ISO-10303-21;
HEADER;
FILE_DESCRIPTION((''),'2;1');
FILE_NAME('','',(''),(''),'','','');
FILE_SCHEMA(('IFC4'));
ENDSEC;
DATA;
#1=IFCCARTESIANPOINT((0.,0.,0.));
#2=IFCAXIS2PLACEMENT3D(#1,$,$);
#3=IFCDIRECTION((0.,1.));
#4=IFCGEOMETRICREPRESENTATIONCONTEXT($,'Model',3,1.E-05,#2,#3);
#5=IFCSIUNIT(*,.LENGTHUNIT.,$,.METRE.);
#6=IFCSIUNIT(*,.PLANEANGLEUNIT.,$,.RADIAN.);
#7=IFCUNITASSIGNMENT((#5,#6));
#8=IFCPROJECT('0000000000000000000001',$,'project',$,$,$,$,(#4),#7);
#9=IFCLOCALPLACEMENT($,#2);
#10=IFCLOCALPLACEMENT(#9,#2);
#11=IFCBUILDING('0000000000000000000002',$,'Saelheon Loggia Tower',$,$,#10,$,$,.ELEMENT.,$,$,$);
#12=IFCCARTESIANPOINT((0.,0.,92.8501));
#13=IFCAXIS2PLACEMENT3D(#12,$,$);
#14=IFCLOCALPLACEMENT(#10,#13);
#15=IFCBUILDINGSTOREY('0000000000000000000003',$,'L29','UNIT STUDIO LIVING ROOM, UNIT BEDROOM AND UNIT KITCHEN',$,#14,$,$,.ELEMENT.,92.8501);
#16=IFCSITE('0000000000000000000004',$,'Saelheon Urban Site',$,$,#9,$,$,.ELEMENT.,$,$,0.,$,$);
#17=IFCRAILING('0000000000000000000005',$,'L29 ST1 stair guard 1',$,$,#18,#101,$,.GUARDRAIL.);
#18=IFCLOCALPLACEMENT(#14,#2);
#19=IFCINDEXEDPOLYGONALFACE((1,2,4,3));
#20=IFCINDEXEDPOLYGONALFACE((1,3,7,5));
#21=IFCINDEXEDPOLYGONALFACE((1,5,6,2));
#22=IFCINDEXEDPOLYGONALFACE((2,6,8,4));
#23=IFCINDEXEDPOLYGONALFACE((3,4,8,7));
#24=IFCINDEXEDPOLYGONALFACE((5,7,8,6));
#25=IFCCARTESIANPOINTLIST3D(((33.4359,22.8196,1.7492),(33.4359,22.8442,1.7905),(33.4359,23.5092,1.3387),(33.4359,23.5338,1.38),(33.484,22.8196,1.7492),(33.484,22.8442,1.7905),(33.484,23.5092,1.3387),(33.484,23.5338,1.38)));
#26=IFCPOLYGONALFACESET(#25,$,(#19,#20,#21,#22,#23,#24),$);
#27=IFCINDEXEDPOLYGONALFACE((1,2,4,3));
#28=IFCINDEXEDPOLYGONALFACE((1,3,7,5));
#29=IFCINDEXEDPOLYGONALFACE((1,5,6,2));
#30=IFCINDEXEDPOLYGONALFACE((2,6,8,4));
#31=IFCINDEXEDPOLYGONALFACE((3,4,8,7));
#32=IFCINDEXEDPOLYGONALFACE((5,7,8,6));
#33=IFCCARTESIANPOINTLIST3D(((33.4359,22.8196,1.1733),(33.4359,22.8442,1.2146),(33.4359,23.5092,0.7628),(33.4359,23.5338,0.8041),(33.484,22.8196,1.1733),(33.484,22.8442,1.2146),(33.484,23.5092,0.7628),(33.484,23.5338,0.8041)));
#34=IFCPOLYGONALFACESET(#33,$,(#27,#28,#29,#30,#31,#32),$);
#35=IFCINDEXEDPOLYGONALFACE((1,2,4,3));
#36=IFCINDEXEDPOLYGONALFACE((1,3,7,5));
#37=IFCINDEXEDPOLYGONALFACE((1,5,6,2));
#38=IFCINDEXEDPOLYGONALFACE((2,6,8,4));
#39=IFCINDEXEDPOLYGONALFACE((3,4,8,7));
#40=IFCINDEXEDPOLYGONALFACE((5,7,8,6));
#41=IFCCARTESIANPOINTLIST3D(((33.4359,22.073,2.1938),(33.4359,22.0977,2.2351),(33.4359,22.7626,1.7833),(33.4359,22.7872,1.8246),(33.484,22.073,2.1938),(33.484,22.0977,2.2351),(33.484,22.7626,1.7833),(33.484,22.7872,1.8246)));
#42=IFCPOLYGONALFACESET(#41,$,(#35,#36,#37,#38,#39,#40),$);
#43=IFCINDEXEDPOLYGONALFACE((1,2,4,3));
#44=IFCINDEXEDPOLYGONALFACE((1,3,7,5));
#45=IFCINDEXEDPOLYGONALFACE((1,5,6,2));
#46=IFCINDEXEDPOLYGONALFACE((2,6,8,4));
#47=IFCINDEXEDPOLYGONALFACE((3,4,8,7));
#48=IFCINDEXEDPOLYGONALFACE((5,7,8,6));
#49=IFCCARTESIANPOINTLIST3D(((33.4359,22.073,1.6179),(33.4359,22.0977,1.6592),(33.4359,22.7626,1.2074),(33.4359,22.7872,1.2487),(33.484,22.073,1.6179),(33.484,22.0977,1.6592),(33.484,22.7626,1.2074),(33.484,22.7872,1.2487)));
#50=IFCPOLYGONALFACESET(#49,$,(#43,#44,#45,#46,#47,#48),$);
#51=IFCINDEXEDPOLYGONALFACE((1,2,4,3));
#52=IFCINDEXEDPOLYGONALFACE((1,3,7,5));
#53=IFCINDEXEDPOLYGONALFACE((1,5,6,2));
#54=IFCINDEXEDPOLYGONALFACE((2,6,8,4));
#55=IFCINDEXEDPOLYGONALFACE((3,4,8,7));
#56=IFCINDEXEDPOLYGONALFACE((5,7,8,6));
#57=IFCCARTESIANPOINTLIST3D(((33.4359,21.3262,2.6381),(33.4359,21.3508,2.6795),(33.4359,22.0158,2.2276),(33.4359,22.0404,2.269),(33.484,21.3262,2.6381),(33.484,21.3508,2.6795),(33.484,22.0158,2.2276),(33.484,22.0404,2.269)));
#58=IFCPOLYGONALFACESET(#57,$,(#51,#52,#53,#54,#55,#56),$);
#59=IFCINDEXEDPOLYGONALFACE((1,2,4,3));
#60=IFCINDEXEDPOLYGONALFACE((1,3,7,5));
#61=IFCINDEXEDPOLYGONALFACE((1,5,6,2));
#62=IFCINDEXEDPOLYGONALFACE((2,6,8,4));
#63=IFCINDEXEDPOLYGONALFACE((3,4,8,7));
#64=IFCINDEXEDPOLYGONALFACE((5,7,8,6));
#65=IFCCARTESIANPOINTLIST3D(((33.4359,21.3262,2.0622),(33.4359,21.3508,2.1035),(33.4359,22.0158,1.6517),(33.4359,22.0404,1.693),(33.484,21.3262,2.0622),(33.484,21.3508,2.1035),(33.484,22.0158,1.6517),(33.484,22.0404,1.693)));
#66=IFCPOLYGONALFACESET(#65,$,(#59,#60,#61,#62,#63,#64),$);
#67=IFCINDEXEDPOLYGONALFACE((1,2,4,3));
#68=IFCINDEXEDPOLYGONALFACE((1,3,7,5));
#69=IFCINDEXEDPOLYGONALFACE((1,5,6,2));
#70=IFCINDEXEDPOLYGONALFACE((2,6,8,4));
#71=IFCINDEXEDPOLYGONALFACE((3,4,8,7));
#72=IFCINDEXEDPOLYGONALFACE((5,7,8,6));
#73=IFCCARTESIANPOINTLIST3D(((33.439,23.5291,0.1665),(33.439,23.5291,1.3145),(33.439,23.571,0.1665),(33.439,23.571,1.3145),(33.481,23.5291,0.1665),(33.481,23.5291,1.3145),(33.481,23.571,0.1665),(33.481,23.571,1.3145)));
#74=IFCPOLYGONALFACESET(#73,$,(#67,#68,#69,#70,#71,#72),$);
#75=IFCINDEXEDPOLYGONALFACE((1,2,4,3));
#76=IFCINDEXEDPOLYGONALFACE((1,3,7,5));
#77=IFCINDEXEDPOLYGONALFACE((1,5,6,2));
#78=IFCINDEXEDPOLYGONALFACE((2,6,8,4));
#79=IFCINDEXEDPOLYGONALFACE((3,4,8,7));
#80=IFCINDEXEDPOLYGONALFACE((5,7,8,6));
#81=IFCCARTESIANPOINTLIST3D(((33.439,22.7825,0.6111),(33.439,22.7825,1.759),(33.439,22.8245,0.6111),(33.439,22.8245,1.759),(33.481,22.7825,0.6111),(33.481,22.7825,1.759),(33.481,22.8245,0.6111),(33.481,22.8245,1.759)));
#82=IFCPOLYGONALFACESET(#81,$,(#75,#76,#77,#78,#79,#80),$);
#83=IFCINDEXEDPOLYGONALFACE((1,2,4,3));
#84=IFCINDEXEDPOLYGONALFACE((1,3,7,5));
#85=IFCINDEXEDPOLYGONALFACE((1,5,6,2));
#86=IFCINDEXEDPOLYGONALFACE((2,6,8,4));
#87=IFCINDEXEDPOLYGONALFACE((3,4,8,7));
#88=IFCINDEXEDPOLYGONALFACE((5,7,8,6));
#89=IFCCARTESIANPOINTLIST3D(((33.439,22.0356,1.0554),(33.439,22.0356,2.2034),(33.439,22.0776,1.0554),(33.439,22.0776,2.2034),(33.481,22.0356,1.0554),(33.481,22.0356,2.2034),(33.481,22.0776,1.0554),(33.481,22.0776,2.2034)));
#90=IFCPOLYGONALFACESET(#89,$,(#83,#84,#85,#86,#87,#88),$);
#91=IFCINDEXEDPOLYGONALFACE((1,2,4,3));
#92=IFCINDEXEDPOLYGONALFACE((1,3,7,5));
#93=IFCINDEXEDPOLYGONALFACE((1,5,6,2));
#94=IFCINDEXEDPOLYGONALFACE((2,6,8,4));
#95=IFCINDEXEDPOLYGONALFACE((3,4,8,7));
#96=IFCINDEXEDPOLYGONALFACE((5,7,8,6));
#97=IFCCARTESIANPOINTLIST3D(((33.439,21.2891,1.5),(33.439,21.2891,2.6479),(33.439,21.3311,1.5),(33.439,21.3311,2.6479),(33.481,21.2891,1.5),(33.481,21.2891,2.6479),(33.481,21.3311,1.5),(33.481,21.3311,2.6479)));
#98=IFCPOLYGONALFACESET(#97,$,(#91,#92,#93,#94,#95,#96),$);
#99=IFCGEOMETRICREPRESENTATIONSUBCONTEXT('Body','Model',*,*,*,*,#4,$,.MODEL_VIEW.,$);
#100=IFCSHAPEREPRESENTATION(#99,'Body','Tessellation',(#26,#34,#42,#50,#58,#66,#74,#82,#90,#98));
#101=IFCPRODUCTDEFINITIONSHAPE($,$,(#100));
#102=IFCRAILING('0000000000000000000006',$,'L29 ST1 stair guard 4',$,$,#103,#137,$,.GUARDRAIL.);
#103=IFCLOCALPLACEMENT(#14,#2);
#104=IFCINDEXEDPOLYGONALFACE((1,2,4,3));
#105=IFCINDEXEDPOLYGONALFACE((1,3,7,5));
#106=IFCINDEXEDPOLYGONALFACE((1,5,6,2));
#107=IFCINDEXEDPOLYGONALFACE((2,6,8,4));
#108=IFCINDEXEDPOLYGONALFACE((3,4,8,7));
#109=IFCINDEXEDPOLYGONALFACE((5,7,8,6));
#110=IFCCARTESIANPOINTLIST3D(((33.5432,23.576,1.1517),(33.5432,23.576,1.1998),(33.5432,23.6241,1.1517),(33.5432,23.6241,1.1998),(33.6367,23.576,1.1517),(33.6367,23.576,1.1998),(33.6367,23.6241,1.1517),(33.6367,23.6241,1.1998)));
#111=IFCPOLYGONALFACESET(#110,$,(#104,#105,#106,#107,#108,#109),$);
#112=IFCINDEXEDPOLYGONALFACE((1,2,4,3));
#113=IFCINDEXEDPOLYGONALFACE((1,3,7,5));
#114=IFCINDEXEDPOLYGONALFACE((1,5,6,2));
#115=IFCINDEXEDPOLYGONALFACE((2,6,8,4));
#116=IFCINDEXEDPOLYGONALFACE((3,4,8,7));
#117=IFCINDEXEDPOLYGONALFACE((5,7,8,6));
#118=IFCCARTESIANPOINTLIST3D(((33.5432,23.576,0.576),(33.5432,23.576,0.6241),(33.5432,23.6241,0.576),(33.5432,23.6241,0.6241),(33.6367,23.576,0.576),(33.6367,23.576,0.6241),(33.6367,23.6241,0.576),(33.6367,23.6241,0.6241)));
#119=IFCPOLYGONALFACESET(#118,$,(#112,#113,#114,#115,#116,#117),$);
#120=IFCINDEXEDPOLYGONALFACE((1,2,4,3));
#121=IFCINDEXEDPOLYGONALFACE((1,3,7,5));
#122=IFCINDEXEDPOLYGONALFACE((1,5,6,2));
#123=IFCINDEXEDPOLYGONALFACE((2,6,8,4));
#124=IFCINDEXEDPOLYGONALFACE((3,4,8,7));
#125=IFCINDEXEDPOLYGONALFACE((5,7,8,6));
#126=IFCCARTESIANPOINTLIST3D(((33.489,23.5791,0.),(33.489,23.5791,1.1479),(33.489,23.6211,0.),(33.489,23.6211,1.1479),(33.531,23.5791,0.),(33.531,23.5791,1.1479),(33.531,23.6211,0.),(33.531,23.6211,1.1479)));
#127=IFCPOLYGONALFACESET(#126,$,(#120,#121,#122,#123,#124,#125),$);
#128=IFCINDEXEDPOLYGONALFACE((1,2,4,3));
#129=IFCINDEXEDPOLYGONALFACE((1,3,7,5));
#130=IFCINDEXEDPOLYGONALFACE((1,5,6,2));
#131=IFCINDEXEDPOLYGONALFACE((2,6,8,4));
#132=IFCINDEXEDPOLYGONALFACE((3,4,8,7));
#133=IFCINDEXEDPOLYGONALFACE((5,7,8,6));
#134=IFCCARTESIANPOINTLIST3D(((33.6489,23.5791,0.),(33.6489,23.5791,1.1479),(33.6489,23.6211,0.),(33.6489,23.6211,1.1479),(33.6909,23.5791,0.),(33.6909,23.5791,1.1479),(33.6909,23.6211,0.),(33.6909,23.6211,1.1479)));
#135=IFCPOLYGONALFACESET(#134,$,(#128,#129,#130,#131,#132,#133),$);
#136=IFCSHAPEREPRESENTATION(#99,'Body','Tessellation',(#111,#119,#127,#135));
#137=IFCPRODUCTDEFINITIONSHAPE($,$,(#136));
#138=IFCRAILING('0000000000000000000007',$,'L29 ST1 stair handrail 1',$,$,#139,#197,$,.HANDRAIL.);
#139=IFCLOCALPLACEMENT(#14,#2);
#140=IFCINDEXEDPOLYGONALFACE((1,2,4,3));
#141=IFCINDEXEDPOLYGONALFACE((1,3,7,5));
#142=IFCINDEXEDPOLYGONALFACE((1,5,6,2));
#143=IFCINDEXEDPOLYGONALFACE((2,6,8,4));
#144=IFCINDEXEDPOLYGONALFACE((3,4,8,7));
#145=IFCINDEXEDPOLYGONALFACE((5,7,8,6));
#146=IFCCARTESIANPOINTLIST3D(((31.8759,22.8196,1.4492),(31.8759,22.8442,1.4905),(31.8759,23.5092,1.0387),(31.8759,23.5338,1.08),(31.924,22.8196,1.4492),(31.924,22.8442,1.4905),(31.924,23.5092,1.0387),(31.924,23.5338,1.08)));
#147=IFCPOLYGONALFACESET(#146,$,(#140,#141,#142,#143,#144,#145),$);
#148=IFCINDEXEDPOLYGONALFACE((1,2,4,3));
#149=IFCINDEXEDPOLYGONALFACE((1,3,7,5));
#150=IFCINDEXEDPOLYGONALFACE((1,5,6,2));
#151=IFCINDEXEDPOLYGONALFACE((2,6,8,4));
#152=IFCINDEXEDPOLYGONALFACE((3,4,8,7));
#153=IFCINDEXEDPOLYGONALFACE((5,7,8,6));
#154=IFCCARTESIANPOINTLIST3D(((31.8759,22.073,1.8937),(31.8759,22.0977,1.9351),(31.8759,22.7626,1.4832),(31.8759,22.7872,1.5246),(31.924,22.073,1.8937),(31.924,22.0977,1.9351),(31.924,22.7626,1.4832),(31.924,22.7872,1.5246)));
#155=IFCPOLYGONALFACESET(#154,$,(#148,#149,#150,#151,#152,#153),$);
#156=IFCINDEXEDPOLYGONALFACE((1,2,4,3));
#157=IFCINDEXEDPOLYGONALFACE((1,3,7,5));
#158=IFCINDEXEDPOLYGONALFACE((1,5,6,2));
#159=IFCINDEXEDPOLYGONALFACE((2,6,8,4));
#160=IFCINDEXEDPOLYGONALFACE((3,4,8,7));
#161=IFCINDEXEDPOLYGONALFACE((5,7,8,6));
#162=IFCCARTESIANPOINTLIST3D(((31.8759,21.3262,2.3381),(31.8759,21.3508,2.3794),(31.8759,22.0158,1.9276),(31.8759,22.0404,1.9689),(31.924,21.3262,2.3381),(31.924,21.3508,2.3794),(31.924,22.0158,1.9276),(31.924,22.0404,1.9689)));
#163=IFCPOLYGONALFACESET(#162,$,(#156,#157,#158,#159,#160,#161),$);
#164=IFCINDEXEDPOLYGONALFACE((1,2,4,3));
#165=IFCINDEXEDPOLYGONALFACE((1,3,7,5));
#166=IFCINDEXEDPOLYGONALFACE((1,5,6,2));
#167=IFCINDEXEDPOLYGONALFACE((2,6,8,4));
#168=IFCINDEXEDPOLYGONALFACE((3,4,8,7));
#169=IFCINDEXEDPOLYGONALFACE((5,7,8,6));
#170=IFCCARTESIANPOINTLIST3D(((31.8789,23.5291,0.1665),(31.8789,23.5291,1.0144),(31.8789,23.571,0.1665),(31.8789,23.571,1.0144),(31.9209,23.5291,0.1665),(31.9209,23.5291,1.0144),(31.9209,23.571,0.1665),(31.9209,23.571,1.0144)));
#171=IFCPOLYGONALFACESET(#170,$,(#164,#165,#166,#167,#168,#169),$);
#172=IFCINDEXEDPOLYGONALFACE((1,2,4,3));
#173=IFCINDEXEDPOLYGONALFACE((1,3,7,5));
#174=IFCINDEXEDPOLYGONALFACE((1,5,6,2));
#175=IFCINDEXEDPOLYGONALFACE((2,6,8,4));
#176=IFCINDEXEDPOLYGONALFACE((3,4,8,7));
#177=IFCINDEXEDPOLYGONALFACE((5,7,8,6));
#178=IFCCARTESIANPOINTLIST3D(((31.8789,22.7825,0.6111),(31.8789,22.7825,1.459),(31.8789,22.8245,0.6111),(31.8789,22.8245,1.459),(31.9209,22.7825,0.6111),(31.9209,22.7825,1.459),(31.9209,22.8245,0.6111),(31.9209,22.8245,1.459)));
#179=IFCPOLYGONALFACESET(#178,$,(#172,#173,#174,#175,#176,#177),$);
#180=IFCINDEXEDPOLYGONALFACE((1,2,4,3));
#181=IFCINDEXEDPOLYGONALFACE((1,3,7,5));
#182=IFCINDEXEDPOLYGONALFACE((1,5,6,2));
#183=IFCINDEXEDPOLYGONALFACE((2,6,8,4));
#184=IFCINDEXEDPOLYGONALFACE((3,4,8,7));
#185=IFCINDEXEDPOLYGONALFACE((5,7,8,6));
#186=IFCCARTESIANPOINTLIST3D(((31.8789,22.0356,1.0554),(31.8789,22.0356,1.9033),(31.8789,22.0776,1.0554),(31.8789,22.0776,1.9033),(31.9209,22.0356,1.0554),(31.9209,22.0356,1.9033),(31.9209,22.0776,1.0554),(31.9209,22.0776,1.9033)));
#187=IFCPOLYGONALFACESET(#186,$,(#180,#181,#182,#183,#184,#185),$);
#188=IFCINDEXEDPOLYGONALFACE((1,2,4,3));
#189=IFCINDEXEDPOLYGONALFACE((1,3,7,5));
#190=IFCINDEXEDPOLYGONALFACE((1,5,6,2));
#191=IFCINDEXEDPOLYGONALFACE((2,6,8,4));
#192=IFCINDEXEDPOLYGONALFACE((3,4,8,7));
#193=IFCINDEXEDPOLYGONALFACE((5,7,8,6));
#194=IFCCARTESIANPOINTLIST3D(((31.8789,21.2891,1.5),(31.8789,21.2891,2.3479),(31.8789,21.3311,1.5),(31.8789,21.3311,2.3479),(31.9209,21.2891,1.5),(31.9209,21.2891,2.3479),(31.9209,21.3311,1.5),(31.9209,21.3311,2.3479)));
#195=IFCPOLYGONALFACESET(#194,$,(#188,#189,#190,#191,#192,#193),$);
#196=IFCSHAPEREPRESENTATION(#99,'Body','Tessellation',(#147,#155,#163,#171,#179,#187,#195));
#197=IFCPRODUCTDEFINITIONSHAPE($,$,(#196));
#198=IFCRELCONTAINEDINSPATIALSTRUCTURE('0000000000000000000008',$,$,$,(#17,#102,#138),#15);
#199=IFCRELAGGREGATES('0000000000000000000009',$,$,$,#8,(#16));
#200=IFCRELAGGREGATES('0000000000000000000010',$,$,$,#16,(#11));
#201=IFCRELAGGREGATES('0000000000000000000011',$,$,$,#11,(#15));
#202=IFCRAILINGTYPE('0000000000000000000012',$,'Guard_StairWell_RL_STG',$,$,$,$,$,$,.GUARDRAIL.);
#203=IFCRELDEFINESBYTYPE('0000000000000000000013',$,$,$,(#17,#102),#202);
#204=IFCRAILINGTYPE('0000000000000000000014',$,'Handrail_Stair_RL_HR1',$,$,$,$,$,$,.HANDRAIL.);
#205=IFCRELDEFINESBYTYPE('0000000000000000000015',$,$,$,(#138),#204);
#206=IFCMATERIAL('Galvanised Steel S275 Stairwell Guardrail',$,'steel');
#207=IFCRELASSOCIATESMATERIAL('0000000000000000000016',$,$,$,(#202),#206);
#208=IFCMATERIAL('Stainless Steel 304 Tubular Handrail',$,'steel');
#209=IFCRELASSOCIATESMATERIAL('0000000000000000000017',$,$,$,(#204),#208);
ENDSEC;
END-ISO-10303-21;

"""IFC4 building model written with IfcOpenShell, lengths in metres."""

from ifc_helpers import new_model, si_unit, direction, frame, origin, origin_2d, place, context, subcontext, project, spatial, rectangle, extrude, material, type_object, element, save


model = new_model("IFC4")

# Units and contexts
model_context = context("Model", 3, precision=1e-05, world=origin(), true_north=direction((0.0, 1.0)))
body_context = subcontext(model_context, "Body", "Model", "MODEL_VIEW")
ifc_project = project(units=[si_unit("LENGTHUNIT", "METRE"), si_unit("PLANEANGLEUNIT", "RADIAN")], contexts=[model_context])

# Site, building, storey
site_placement = place(None, origin())
site = spatial("IfcSite", under=ifc_project, at=site_placement, Name="Saelheon Urban Site", CompositionType="ELEMENT", RefElevation=0.0)
building_placement = place(site_placement, origin())
building = spatial("IfcBuilding", under=site, at=building_placement, Name="Saelheon Loggia Tower", CompositionType="ELEMENT")
storey_placement = place(building_placement, frame((0.0, 0.0, 92.8501)))
storey = spatial("IfcBuildingStorey", under=building, at=storey_placement, Name="L29", Description="UNIT STUDIO LIVING ROOM, UNIT BEDROOM AND UNIT KITCHEN", CompositionType="ELEMENT", Elevation=92.8501)

# Railings
ifc_material_1 = material(Name="Galvanised Steel S275 Stairwell Guardrail", Category="steel")
railing_type_1 = type_object("IfcRailingType", Name="Guard_StairWell_RL_STG", PredefinedType="GUARDRAIL", material=ifc_material_1)
railing_1_placement = place(storey_placement, frame((33.46, 23.55, 0.1665)))
element("IfcRailing", 1, at=railing_1_placement, inside=storey, type_object=railing_type_1, Name="L29 ST1 stair guard 1", PredefinedType="GUARDRAIL", context=body_context, shape_type="SweptSolid", body=[
    extrude(rectangle(XDim=0.0481, YDim=0.0481, at=origin_2d()), frame((0.0, -0.0286, 1.1929), z_axis=(0.0, -0.859264, 0.511532), x_axis=(1.0, 0.0, 0.0)), (0.0, 0.0, 1.0), 0.8025),
    extrude(rectangle(XDim=0.0481, YDim=0.0481, at=origin_2d()), frame((0.0, -0.0286, 0.6169), z_axis=(0.0, -0.859264, 0.511532), x_axis=(1.0, 0.0, 0.0)), (0.0, 0.0, 1.0), 0.8025),
    extrude(rectangle(XDim=0.0481, YDim=0.0481, at=origin_2d()), frame((0.0, -0.7751, 1.6375), z_axis=(0.0, -0.859264, 0.511532), x_axis=(1.0, 0.0, 0.0)), (0.0, 0.0, 1.0), 0.8025),
    extrude(rectangle(XDim=0.0481, YDim=0.0481, at=origin_2d()), frame((0.0, -0.7751, 1.0615), z_axis=(0.0, -0.859264, 0.511532), x_axis=(1.0, 0.0, 0.0)), (0.0, 0.0, 1.0), 0.8025),
    extrude(rectangle(XDim=0.0481, YDim=0.0481, at=origin_2d()), frame((0.0, -1.522, 2.0818), z_axis=(0.0, -0.859264, 0.511532), x_axis=(1.0, 0.0, 0.0)), (0.0, 0.0, 1.0), 0.8025),
    extrude(rectangle(XDim=0.0481, YDim=0.0481, at=origin_2d()), frame((0.0, -1.522, 1.5059), z_axis=(0.0, -0.859264, 0.511532), x_axis=(1.0, 0.0, 0.0)), (0.0, 0.0, 1.0), 0.8025),
    extrude(rectangle(XDim=0.042, YDim=0.042, at=origin_2d()), origin(), (0.0, 0.0, 1.0), 1.1479),
    extrude(rectangle(XDim=0.042, YDim=0.042, at=origin_2d()), frame((0.0, -0.7466, 0.4446)), (0.0, 0.0, 1.0), 1.1479),
    extrude(rectangle(XDim=0.042, YDim=0.042, at=origin_2d()), frame((0.0, -1.4934, 0.8889)), (0.0, 0.0, 1.0), 1.1479),
    extrude(rectangle(XDim=0.042, YDim=0.042, at=origin_2d()), frame((0.0, -2.24, 1.3335)), (0.0, 0.0, 1.0), 1.1479),
])
railing_2_placement = place(storey_placement, frame((33.51, 23.6001, 0.0)))
element("IfcRailing", 2, at=railing_2_placement, inside=storey, type_object=railing_type_1, Name="L29 ST1 stair guard 4", PredefinedType="GUARDRAIL", context=body_context, shape_type="SweptSolid", body=[
    extrude(rectangle(XDim=0.0481, YDim=0.0481, at=origin_2d()), frame((0.0332, 0.0, 1.1758), z_axis=(1.0, 0.0, 0.0), x_axis=(0.0, 1.0, 0.0)), (0.0, 0.0, 1.0), 0.0935),
    extrude(rectangle(XDim=0.0481, YDim=0.0481, at=origin_2d()), frame((0.0332, 0.0, 0.6001), z_axis=(1.0, 0.0, 0.0), x_axis=(0.0, 1.0, 0.0)), (0.0, 0.0, 1.0), 0.0935),
    extrude(rectangle(XDim=0.042, YDim=0.042, at=origin_2d()), origin(), (0.0, 0.0, 1.0), 1.1479),
    extrude(rectangle(XDim=0.042, YDim=0.042, at=origin_2d()), frame((0.1599, 0.0, 0.0)), (0.0, 0.0, 1.0), 1.1479),
])
ifc_material_2 = material(Name="Stainless Steel 304 Tubular Handrail", Category="steel")
railing_type_2 = type_object("IfcRailingType", Name="Handrail_Stair_RL_HR1", PredefinedType="HANDRAIL", material=ifc_material_2)
railing_3_placement = place(storey_placement, frame((31.8999, 23.55, 0.1665)))
element("IfcRailing", 3, at=railing_3_placement, inside=storey, type_object=railing_type_2, Name="L29 ST1 stair handrail 1", PredefinedType="HANDRAIL", context=body_context, shape_type="SweptSolid", body=[
    extrude(rectangle(XDim=0.0481, YDim=0.0481, at=origin_2d()), frame((0.0, -0.0286, 0.8928), z_axis=(0.0, -0.859264, 0.511532), x_axis=(1.0, 0.0, 0.0)), (0.0, 0.0, 1.0), 0.8025),
    extrude(rectangle(XDim=0.0481, YDim=0.0481, at=origin_2d()), frame((0.0, -0.7751, 1.3374), z_axis=(0.0, -0.859264, 0.511532), x_axis=(1.0, 0.0, 0.0)), (0.0, 0.0, 1.0), 0.8025),
    extrude(rectangle(XDim=0.0481, YDim=0.0481, at=origin_2d()), frame((0.0, -1.522, 1.7817), z_axis=(0.0, -0.859264, 0.511532), x_axis=(1.0, 0.0, 0.0)), (0.0, 0.0, 1.0), 0.8025),
    extrude(rectangle(XDim=0.042, YDim=0.042, at=origin_2d()), origin(), (0.0, 0.0, 1.0), 0.8479),
    extrude(rectangle(XDim=0.042, YDim=0.042, at=origin_2d()), frame((0.0, -0.7466, 0.4446)), (0.0, 0.0, 1.0), 0.8479),
    extrude(rectangle(XDim=0.042, YDim=0.042, at=origin_2d()), frame((0.0, -1.4934, 0.8889)), (0.0, 0.0, 1.0), 0.8479),
    extrude(rectangle(XDim=0.042, YDim=0.042, at=origin_2d()), frame((0.0, -2.24, 1.3335)), (0.0, 0.0, 1.0), 0.8479),
])

save(model, "model.ifc")
